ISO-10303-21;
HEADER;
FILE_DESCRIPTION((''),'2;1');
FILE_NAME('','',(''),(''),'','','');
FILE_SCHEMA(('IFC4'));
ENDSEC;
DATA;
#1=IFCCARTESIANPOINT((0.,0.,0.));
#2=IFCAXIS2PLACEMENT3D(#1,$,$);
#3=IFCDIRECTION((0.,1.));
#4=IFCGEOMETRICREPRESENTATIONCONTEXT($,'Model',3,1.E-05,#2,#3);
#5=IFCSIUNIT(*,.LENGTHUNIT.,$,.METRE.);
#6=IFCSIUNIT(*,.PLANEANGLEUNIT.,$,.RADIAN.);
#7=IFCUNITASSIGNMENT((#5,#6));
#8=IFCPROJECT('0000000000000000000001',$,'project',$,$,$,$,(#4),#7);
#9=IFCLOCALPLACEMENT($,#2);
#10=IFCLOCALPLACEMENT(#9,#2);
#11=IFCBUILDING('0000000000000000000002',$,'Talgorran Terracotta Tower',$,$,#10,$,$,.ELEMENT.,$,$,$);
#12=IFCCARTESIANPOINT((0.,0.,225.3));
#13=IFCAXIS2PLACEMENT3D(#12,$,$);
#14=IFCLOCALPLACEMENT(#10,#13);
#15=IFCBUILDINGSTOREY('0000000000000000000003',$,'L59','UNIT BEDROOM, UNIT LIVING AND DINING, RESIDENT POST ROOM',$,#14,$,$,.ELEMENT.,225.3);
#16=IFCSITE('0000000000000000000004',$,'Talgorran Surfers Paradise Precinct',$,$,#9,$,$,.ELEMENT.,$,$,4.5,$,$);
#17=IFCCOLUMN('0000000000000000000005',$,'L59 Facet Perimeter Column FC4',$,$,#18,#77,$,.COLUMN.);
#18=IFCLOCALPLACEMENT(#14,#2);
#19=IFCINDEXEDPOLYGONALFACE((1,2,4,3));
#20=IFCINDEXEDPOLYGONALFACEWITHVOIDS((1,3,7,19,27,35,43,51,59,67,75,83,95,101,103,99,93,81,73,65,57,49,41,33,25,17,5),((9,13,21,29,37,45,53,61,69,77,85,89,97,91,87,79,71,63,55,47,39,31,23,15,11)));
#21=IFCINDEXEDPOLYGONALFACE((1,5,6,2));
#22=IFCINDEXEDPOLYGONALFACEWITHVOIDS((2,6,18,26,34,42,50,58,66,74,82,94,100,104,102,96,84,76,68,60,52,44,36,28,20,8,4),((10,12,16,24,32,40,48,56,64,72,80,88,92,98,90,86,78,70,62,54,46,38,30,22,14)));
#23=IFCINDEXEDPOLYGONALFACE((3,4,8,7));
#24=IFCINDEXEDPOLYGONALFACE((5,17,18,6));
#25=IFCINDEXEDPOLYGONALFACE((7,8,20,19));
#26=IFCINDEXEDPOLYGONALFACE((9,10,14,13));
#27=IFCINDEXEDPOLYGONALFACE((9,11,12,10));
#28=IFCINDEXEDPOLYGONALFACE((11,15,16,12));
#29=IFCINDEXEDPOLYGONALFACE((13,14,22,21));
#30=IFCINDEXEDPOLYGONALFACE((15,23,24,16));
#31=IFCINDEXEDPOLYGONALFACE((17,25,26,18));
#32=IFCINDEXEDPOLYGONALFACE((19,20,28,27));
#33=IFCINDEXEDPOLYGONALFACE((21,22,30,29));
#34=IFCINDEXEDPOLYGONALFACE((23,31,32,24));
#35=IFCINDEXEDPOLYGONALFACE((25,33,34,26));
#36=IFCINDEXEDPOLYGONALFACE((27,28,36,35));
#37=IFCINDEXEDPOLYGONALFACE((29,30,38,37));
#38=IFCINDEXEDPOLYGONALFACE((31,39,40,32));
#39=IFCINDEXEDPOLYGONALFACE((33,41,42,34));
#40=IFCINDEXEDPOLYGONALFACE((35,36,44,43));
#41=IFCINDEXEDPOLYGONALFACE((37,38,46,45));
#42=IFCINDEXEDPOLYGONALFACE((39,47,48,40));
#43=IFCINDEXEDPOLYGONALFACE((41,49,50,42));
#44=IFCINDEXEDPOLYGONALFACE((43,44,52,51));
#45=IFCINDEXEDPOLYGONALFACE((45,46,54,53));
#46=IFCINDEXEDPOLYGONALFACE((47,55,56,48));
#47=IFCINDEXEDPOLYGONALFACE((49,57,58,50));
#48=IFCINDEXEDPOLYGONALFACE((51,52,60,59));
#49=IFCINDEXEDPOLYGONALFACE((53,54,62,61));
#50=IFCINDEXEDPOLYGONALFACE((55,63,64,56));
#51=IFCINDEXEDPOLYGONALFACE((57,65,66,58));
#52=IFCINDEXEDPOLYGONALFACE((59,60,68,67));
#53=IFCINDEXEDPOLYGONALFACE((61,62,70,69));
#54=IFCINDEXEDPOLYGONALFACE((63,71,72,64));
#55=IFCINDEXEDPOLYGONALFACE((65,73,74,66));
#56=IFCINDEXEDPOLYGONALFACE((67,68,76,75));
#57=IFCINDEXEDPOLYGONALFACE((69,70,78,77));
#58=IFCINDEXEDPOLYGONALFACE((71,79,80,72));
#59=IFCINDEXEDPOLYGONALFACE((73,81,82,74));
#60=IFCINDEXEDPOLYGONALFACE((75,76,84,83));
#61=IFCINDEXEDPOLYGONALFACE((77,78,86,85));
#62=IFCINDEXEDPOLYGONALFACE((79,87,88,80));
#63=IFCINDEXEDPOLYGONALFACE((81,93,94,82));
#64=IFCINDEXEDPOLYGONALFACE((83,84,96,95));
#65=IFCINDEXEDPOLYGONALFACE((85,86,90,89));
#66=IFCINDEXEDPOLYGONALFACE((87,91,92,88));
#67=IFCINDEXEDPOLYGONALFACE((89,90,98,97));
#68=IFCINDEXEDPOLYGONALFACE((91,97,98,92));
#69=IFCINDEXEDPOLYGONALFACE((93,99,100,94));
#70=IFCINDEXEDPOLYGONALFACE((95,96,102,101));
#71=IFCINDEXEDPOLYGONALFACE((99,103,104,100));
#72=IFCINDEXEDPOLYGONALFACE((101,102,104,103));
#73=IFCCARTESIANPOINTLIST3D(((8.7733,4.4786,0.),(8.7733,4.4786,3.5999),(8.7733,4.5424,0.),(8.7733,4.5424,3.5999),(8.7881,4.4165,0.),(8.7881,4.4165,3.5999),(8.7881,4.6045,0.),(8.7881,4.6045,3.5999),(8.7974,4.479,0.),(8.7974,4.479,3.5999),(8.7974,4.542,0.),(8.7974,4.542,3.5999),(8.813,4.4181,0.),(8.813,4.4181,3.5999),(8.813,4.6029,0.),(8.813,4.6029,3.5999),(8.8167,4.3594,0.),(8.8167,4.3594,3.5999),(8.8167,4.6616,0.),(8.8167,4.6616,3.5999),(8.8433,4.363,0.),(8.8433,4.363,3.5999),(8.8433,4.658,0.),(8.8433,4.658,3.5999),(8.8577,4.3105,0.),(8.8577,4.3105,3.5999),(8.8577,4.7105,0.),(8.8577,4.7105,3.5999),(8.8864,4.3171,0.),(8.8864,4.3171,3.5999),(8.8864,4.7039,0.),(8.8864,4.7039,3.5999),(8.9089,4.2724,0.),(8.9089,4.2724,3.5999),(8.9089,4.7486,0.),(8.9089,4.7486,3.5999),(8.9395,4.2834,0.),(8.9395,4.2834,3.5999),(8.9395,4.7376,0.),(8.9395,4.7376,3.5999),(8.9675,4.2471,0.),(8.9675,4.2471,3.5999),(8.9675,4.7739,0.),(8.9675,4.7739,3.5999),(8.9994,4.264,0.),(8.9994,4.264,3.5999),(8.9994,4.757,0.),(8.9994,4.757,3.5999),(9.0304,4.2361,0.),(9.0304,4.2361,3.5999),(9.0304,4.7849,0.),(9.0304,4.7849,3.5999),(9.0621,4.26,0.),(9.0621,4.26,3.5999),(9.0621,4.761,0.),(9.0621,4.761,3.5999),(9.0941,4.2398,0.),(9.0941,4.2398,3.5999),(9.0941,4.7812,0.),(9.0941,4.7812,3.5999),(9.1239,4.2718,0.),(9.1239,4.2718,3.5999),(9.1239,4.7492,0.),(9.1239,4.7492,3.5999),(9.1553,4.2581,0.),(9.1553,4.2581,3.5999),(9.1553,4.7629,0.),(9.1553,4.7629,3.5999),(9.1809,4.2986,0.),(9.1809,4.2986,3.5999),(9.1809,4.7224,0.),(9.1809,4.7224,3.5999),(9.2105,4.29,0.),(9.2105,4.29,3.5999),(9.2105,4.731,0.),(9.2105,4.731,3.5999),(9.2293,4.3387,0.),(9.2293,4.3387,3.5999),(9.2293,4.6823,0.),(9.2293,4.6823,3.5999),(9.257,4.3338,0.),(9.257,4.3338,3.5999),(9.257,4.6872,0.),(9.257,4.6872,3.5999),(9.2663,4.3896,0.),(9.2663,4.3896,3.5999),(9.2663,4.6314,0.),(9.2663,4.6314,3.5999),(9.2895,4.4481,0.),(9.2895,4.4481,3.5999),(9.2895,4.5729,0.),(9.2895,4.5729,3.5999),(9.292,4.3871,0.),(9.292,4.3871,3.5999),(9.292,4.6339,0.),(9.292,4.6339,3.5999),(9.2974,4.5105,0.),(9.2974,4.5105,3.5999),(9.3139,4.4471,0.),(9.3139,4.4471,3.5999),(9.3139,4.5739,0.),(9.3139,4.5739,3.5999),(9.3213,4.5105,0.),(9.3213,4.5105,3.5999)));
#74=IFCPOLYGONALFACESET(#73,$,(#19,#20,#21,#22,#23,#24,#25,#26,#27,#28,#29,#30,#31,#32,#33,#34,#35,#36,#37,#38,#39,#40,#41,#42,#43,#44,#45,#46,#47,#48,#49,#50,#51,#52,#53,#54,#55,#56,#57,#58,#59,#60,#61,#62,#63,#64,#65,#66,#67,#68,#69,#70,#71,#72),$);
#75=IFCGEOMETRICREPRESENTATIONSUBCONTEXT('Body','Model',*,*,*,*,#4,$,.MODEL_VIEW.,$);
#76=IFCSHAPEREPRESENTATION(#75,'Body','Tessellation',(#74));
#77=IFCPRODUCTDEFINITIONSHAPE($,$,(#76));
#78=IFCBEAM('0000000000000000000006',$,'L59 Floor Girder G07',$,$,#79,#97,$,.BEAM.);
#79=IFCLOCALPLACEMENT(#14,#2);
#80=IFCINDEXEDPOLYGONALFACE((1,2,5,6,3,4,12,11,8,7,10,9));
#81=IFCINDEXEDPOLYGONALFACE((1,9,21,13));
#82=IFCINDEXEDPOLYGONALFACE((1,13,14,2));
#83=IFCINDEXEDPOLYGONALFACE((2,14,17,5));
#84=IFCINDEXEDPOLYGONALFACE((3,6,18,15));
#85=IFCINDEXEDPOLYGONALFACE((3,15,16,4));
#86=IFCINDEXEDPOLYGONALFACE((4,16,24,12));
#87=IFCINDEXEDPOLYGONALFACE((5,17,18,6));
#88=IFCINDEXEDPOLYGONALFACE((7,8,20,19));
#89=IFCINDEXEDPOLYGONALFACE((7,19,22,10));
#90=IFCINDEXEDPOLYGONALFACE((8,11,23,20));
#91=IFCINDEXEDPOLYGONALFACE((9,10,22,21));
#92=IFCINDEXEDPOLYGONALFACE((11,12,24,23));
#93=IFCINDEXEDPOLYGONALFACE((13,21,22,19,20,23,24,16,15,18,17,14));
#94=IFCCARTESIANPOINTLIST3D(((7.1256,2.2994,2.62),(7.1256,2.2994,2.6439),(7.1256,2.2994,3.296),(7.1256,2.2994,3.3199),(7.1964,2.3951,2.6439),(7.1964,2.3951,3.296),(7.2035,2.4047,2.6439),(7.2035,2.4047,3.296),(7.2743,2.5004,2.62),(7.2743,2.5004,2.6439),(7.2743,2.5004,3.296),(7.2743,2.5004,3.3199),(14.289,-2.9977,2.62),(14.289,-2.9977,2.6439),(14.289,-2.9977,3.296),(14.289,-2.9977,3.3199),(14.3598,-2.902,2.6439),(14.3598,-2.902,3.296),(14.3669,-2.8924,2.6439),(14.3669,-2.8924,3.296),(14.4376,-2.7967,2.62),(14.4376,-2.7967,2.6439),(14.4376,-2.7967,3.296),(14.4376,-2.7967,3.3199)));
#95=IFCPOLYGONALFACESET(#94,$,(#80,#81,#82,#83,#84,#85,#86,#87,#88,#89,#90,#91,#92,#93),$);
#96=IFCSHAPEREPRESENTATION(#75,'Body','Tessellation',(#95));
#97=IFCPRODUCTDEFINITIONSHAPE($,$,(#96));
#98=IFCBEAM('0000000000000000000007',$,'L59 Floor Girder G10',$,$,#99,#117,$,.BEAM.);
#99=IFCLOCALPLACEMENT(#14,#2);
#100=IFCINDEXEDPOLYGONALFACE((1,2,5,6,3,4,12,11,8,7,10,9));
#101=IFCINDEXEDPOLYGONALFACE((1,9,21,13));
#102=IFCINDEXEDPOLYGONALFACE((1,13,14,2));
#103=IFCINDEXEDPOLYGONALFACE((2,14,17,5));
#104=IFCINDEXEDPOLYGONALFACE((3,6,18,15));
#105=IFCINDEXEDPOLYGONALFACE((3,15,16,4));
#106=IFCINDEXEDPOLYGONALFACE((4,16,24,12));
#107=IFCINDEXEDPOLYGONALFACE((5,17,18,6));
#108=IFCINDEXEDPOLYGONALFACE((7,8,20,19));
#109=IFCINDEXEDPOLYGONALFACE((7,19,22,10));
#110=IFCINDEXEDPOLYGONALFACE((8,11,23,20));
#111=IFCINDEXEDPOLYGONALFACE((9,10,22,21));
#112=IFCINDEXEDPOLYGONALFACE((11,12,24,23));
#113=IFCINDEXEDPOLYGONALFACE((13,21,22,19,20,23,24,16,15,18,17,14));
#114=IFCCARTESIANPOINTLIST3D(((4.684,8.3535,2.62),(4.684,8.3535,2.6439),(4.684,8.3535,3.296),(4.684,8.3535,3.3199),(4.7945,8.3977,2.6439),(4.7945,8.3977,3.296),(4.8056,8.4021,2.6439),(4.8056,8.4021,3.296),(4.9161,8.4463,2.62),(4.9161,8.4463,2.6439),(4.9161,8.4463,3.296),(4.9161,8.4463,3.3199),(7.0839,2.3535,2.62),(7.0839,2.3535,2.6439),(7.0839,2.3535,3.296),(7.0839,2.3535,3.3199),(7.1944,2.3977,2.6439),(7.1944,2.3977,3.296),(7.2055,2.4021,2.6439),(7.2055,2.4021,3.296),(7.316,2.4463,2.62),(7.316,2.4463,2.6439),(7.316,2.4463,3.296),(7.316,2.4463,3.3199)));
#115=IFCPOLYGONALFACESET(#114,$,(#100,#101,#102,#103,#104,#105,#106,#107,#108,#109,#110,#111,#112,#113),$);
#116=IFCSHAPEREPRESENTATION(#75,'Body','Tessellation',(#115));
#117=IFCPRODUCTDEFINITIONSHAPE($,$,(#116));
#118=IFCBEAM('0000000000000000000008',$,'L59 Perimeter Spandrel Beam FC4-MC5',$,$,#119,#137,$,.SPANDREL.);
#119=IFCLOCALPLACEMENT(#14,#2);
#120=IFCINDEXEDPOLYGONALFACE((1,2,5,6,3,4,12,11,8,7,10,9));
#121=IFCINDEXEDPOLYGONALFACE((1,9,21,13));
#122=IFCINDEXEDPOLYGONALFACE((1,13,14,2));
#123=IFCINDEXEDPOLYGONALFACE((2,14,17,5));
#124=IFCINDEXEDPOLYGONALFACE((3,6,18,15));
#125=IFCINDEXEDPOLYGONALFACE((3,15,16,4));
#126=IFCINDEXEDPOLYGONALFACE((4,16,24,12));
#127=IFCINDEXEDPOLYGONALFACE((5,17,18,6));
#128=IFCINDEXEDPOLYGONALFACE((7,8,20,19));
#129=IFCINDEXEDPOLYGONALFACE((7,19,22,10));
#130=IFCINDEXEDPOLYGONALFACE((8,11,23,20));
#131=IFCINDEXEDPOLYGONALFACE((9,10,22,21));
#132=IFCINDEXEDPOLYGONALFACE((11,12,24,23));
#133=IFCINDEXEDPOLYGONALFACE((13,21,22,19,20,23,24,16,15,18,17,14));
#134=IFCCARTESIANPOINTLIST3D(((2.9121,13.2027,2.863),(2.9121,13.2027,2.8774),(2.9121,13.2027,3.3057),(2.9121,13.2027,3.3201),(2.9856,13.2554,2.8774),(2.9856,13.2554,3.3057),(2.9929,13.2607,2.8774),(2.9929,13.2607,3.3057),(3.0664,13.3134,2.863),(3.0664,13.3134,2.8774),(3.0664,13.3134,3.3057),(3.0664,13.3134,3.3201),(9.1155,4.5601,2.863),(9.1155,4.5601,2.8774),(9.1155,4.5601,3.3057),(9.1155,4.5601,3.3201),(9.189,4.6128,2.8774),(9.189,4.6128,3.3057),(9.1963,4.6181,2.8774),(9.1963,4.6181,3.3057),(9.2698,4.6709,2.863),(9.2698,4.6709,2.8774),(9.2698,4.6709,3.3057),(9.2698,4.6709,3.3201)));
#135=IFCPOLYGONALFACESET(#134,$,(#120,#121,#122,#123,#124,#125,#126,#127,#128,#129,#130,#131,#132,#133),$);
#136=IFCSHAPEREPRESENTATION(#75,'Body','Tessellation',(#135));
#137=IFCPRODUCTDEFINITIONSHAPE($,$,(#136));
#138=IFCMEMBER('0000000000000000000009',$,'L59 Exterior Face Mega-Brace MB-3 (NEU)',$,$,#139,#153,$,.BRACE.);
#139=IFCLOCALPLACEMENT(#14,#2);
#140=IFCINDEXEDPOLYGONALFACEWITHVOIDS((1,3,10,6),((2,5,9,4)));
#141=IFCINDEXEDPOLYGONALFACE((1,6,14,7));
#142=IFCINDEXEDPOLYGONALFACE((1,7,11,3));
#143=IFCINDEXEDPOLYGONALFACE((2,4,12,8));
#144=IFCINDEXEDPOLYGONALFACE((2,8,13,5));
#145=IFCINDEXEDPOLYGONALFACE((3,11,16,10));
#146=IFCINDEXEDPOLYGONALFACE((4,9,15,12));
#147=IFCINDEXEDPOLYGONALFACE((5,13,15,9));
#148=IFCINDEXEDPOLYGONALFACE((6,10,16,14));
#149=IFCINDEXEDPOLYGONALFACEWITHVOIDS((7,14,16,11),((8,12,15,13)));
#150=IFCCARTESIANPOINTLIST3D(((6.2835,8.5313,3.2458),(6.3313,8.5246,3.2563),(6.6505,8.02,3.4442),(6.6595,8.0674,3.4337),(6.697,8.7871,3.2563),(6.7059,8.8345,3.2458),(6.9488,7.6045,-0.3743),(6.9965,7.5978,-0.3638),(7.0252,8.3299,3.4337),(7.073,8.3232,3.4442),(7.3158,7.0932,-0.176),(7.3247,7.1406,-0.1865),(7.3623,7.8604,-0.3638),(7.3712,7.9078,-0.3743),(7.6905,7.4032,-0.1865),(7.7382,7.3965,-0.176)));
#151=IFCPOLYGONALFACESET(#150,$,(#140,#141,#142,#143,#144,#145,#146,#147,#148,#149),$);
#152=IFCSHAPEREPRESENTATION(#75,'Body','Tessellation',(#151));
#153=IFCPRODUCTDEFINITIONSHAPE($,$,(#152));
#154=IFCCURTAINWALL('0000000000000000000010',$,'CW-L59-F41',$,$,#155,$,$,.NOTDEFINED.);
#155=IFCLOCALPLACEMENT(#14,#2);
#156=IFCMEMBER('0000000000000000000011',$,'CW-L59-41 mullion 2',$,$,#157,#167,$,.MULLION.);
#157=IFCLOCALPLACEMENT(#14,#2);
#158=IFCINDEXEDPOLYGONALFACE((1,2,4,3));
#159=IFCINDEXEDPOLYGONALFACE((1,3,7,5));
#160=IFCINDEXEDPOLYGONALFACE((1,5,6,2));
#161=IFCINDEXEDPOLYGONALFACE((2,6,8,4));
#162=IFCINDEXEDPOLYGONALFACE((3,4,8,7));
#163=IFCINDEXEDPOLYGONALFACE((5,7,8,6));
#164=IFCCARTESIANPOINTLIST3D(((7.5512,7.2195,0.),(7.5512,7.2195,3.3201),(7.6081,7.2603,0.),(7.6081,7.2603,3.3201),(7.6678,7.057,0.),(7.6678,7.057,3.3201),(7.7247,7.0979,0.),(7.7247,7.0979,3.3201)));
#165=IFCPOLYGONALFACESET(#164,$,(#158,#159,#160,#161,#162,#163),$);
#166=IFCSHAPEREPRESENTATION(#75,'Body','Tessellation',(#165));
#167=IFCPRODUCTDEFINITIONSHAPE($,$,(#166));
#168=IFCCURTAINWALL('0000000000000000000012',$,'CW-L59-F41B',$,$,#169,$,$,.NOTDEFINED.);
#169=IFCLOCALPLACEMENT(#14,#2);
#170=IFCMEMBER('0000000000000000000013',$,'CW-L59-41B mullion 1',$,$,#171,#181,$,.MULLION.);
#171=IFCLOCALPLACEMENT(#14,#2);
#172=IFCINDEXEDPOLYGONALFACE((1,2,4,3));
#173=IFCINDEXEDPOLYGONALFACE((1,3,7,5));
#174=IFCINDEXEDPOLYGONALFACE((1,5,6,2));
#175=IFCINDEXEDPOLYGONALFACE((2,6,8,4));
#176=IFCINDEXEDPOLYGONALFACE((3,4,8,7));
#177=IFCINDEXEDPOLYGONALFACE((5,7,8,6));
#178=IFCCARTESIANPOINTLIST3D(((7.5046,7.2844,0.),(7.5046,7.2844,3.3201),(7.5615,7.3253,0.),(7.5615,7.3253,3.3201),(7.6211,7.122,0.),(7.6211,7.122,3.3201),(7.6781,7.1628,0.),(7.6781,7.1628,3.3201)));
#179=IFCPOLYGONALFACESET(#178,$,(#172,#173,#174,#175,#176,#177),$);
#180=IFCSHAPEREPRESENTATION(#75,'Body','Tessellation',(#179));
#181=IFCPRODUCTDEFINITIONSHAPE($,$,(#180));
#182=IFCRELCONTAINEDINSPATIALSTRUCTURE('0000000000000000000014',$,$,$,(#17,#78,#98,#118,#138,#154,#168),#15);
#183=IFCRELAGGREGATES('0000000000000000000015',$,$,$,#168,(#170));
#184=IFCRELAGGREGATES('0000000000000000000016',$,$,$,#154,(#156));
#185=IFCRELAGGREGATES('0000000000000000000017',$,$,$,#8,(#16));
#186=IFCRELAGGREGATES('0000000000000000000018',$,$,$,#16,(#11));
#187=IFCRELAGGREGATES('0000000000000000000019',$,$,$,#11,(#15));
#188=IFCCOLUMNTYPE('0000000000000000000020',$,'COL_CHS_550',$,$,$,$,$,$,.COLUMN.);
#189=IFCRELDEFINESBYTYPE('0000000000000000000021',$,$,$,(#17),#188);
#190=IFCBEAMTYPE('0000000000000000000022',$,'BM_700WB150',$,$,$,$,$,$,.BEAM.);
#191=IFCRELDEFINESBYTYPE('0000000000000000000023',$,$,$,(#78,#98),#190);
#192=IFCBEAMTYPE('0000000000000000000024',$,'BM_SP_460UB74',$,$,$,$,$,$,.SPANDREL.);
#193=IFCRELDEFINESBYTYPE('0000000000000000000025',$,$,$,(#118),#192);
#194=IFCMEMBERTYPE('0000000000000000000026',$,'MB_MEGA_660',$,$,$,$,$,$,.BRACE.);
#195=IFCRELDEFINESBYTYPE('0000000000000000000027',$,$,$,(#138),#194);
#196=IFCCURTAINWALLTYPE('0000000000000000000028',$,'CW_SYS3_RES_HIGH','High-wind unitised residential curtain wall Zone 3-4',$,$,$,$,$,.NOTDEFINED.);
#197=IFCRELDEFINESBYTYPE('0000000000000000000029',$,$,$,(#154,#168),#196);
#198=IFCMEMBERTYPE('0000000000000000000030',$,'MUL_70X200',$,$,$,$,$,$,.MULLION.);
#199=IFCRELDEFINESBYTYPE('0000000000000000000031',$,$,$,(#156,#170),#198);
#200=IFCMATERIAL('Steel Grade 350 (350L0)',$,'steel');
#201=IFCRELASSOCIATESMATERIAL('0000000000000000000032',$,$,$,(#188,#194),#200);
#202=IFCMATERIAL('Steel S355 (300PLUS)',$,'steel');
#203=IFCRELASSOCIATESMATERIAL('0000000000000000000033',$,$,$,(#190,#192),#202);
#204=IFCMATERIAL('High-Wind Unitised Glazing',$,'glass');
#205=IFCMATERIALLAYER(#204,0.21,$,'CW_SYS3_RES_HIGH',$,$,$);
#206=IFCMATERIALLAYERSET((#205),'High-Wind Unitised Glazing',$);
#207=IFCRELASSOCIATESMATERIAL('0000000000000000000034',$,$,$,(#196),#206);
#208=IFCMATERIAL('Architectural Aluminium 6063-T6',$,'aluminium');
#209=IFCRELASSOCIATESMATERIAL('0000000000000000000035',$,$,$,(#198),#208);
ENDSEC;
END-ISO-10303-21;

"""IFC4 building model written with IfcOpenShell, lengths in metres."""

from ifc_helpers import new_model, si_unit, direction, frame, origin, origin_2d, place, context, subcontext, project, spatial, rectangle, hollow_rectangle, hollow_circle, i_section, extrude, material, layer, layer_set, material_profile, profile_set, type_object, element, aggregate, save


model = new_model("IFC4")

# Units and contexts
model_context = context("Model", 3, precision=1e-05, world=origin(), true_north=direction((0.0, 1.0)))
body_context = subcontext(model_context, "Body", "Model", "MODEL_VIEW")
ifc_project = project(units=[si_unit("LENGTHUNIT", "METRE"), si_unit("PLANEANGLEUNIT", "RADIAN")], contexts=[model_context])

# Site, building, storey
site_placement = place(None, origin())
site = spatial("IfcSite", under=ifc_project, at=site_placement, Name="Talgorran Surfers Paradise Precinct", CompositionType="ELEMENT", RefElevation=4.5)
building_placement = place(site_placement, origin())
building = spatial("IfcBuilding", under=site, at=building_placement, Name="Talgorran Terracotta Tower", CompositionType="ELEMENT")
storey_placement = place(building_placement, frame((0.0, 0.0, 225.3)))
storey = spatial("IfcBuildingStorey", under=building, at=storey_placement, Name="L59", Description="UNIT BEDROOM, UNIT LIVING AND DINING, RESIDENT POST ROOM", CompositionType="ELEMENT", Elevation=225.3)

# Column
ifc_material_1 = material(Name="Steel Grade 350 (350L0)", Category="steel")
ifc_material_profile_1 = material_profile(ifc_material_1, hollow_circle(Radius=0.2749, WallThickness=0.0239, at=origin_2d()), Name="CHS550X24")
ifc_profile_set_1 = profile_set([ifc_material_profile_1], Name="Steel Grade 350 (350L0)")
column_type = type_object("IfcColumnType", Name="COL_CHS_550", PredefinedType="COLUMN", material=ifc_profile_set_1)
column_placement = place(storey_placement, frame((9.0464, 4.5105, 0.0), z_axis=(0.0, 0.0, 1.0), x_axis=(1.0, 0.0, 0.0)))
element("IfcColumn", 1, at=column_placement, inside=storey, type_object=column_type, Name="L59 Facet Perimeter Column FC4", PredefinedType="COLUMN", context=body_context, shape_type="SweptSolid", body=[
    extrude(hollow_circle(Radius=0.2749, WallThickness=0.0239, at=origin_2d()), origin(), (0.0, 0.0, 1.0), 3.5999),
])

# Beams
ifc_material_2 = material(Name="Steel S355 (300PLUS)", Category="steel")
ifc_material_profile_2 = material_profile(ifc_material_2, i_section(OverallWidth=0.25, OverallDepth=0.7, WebThickness=0.012, FlangeThickness=0.0239, at=origin_2d()), Name="700WB150")
ifc_profile_set_2 = profile_set([ifc_material_profile_2], Name="Steel S355 (300PLUS)")
beam_type_1 = type_object("IfcBeamType", Name="BM_700WB150", PredefinedType="BEAM", material=ifc_profile_set_2)
beam_1_placement = place(storey_placement, frame((7.2, 2.3999, 2.97), z_axis=(0.804043, -0.594571, 0.0), x_axis=(0.594571, 0.804043, 0.0)))
element("IfcBeam", 2, at=beam_1_placement, inside=storey, type_object=beam_type_1, Name="L59 Floor Girder G07", PredefinedType="BEAM", context=body_context, shape_type="SweptSolid", body=[
    extrude(i_section(OverallWidth=0.25, OverallDepth=0.7, WebThickness=0.012, FlangeThickness=0.0239, at=origin_2d()), origin(), (0.0, 0.0, 1.0), 8.9092),
])
beam_2_placement = place(storey_placement, frame((7.2, 2.3999, 2.97), z_axis=(-0.371378, 0.928482, 0.0), x_axis=(-0.928482, -0.371378, 0.0)))
element("IfcBeam", 3, at=beam_2_placement, inside=storey, type_object=beam_type_1, Name="L59 Floor Girder G10", PredefinedType="BEAM", context=body_context, shape_type="SweptSolid", body=[
    extrude(i_section(OverallWidth=0.25, OverallDepth=0.7, WebThickness=0.012, FlangeThickness=0.0239, at=origin_2d()), origin(), (0.0, 0.0, 1.0), 6.4622),
])
ifc_material_profile_3 = material_profile(ifc_material_2, i_section(OverallWidth=0.1899, OverallDepth=0.457, WebThickness=0.009, FlangeThickness=0.0144, at=origin_2d()), Name="460UB74.6")
ifc_profile_set_3 = profile_set([ifc_material_profile_3], Name="Steel S355 (300PLUS)")
beam_type_2 = type_object("IfcBeamType", Name="BM_SP_460UB74", PredefinedType="SPANDREL", material=ifc_profile_set_3)
beam_3_placement = place(storey_placement, frame((9.1926, 4.6155, 3.0916), z_axis=(-0.58311, 0.812393, 0.0), x_axis=(-0.812393, -0.58311, 0.0)))
element("IfcBeam", 4, at=beam_3_placement, inside=storey, type_object=beam_type_2, Name="L59 Perimeter Spandrel Beam FC4-MC5", PredefinedType="SPANDREL", context=body_context, shape_type="SweptSolid", body=[
    extrude(i_section(OverallWidth=0.1899, OverallDepth=0.457, WebThickness=0.009, FlangeThickness=0.0144, at=origin_2d()), origin(), (0.0, 0.0, 1.0), 10.6384),
])

# Member
ifc_material_profile_4 = material_profile(ifc_material_1, hollow_rectangle(XDim=0.52, YDim=0.6599, WallThickness=0.0349, at=origin_2d()), Name="WBOX660X520X35")
ifc_profile_set_4 = profile_set([ifc_material_profile_4], Name="Steel Grade 350 (350L0)")
member_type_1 = type_object("IfcMemberType", Name="MB_MEGA_660", PredefinedType="BRACE", material=ifc_profile_set_4)
member_1_placement = place(storey_placement, frame((7.3435, 7.5005, -0.2751), z_axis=(-0.175277, 0.244165, 0.953762), x_axis=(-0.812358, -0.58316, 0.0)))
element("IfcMember", 5, at=member_1_placement, inside=storey, type_object=member_type_1, Name="L59 Exterior Face Mega-Brace MB-3 (NEU)", PredefinedType="BRACE", context=body_context, shape_type="SweptSolid", body=[
    extrude(hollow_rectangle(XDim=0.52, YDim=0.6599, WallThickness=0.0349, at=origin_2d()), origin(), (0.0, 0.0, 1.0), 3.7957),
])

# Curtain wall, member
ifc_material_3 = material(Name="High-Wind Unitised Glazing", Category="glass")
ifc_layer_1 = layer(ifc_material_3, 0.21, Name="CW_SYS3_RES_HIGH")
ifc_layer_set_1 = layer_set([ifc_layer_1], Name="High-Wind Unitised Glazing")
curtain_wall_type = type_object("IfcCurtainWallType", Name="CW_SYS3_RES_HIGH", Description="High-wind unitised residential curtain wall Zone 3-4", PredefinedType="NOTDEFINED", material=ifc_layer_set_1)
curtain_wall_1_placement = place(storey_placement, origin())
curtain_wall_1 = element("IfcCurtainWall", 6, at=curtain_wall_1_placement, inside=storey, type_object=curtain_wall_type, Name="CW-L59-F41", PredefinedType="NOTDEFINED")
ifc_material_4 = material(Name="Architectural Aluminium 6063-T6", Category="aluminium")
ifc_material_profile_5 = material_profile(ifc_material_4, rectangle(XDim=0.0701, YDim=0.2, at=origin_2d()), Name="CWM70X200")
ifc_profile_set_5 = profile_set([ifc_material_profile_5], Name="Architectural Aluminium 6063-T6")
member_type_2 = type_object("IfcMemberType", Name="MUL_70X200", PredefinedType="MULLION", material=ifc_profile_set_5)
member_2_placement = place(storey_placement, frame((7.6379, 7.1587, 0.0), z_axis=(0.0, 0.0, 1.0), x_axis=(-0.81239, -0.583115, 0.0)))
member_2 = element("IfcMember", 7, at=member_2_placement, type_object=member_type_2, Name="CW-L59-41 mullion 2", PredefinedType="MULLION", context=body_context, shape_type="SweptSolid", body=[
    extrude(rectangle(XDim=0.0701, YDim=0.2, at=origin_2d()), origin(), (0.0, 0.0, 1.0), 3.3201),
])

# Curtain wall, member
curtain_wall_2_placement = place(storey_placement, origin())
curtain_wall_2 = element("IfcCurtainWall", 8, at=curtain_wall_2_placement, inside=storey, type_object=curtain_wall_type, Name="CW-L59-F41B", PredefinedType="NOTDEFINED")
member_3_placement = place(storey_placement, frame((7.5913, 7.2236, 0.0), z_axis=(0.0, 0.0, 1.0), x_axis=(-0.81241, -0.583086, 0.0)))
member_3 = element("IfcMember", 9, at=member_3_placement, type_object=member_type_2, Name="CW-L59-41B mullion 1", PredefinedType="MULLION", context=body_context, shape_type="SweptSolid", body=[
    extrude(rectangle(XDim=0.0701, YDim=0.2, at=origin_2d()), origin(), (0.0, 0.0, 1.0), 3.3201),
])
aggregate(curtain_wall_2, [member_3])

aggregate(curtain_wall_1, [member_2])

save(model, "model.ifc")
